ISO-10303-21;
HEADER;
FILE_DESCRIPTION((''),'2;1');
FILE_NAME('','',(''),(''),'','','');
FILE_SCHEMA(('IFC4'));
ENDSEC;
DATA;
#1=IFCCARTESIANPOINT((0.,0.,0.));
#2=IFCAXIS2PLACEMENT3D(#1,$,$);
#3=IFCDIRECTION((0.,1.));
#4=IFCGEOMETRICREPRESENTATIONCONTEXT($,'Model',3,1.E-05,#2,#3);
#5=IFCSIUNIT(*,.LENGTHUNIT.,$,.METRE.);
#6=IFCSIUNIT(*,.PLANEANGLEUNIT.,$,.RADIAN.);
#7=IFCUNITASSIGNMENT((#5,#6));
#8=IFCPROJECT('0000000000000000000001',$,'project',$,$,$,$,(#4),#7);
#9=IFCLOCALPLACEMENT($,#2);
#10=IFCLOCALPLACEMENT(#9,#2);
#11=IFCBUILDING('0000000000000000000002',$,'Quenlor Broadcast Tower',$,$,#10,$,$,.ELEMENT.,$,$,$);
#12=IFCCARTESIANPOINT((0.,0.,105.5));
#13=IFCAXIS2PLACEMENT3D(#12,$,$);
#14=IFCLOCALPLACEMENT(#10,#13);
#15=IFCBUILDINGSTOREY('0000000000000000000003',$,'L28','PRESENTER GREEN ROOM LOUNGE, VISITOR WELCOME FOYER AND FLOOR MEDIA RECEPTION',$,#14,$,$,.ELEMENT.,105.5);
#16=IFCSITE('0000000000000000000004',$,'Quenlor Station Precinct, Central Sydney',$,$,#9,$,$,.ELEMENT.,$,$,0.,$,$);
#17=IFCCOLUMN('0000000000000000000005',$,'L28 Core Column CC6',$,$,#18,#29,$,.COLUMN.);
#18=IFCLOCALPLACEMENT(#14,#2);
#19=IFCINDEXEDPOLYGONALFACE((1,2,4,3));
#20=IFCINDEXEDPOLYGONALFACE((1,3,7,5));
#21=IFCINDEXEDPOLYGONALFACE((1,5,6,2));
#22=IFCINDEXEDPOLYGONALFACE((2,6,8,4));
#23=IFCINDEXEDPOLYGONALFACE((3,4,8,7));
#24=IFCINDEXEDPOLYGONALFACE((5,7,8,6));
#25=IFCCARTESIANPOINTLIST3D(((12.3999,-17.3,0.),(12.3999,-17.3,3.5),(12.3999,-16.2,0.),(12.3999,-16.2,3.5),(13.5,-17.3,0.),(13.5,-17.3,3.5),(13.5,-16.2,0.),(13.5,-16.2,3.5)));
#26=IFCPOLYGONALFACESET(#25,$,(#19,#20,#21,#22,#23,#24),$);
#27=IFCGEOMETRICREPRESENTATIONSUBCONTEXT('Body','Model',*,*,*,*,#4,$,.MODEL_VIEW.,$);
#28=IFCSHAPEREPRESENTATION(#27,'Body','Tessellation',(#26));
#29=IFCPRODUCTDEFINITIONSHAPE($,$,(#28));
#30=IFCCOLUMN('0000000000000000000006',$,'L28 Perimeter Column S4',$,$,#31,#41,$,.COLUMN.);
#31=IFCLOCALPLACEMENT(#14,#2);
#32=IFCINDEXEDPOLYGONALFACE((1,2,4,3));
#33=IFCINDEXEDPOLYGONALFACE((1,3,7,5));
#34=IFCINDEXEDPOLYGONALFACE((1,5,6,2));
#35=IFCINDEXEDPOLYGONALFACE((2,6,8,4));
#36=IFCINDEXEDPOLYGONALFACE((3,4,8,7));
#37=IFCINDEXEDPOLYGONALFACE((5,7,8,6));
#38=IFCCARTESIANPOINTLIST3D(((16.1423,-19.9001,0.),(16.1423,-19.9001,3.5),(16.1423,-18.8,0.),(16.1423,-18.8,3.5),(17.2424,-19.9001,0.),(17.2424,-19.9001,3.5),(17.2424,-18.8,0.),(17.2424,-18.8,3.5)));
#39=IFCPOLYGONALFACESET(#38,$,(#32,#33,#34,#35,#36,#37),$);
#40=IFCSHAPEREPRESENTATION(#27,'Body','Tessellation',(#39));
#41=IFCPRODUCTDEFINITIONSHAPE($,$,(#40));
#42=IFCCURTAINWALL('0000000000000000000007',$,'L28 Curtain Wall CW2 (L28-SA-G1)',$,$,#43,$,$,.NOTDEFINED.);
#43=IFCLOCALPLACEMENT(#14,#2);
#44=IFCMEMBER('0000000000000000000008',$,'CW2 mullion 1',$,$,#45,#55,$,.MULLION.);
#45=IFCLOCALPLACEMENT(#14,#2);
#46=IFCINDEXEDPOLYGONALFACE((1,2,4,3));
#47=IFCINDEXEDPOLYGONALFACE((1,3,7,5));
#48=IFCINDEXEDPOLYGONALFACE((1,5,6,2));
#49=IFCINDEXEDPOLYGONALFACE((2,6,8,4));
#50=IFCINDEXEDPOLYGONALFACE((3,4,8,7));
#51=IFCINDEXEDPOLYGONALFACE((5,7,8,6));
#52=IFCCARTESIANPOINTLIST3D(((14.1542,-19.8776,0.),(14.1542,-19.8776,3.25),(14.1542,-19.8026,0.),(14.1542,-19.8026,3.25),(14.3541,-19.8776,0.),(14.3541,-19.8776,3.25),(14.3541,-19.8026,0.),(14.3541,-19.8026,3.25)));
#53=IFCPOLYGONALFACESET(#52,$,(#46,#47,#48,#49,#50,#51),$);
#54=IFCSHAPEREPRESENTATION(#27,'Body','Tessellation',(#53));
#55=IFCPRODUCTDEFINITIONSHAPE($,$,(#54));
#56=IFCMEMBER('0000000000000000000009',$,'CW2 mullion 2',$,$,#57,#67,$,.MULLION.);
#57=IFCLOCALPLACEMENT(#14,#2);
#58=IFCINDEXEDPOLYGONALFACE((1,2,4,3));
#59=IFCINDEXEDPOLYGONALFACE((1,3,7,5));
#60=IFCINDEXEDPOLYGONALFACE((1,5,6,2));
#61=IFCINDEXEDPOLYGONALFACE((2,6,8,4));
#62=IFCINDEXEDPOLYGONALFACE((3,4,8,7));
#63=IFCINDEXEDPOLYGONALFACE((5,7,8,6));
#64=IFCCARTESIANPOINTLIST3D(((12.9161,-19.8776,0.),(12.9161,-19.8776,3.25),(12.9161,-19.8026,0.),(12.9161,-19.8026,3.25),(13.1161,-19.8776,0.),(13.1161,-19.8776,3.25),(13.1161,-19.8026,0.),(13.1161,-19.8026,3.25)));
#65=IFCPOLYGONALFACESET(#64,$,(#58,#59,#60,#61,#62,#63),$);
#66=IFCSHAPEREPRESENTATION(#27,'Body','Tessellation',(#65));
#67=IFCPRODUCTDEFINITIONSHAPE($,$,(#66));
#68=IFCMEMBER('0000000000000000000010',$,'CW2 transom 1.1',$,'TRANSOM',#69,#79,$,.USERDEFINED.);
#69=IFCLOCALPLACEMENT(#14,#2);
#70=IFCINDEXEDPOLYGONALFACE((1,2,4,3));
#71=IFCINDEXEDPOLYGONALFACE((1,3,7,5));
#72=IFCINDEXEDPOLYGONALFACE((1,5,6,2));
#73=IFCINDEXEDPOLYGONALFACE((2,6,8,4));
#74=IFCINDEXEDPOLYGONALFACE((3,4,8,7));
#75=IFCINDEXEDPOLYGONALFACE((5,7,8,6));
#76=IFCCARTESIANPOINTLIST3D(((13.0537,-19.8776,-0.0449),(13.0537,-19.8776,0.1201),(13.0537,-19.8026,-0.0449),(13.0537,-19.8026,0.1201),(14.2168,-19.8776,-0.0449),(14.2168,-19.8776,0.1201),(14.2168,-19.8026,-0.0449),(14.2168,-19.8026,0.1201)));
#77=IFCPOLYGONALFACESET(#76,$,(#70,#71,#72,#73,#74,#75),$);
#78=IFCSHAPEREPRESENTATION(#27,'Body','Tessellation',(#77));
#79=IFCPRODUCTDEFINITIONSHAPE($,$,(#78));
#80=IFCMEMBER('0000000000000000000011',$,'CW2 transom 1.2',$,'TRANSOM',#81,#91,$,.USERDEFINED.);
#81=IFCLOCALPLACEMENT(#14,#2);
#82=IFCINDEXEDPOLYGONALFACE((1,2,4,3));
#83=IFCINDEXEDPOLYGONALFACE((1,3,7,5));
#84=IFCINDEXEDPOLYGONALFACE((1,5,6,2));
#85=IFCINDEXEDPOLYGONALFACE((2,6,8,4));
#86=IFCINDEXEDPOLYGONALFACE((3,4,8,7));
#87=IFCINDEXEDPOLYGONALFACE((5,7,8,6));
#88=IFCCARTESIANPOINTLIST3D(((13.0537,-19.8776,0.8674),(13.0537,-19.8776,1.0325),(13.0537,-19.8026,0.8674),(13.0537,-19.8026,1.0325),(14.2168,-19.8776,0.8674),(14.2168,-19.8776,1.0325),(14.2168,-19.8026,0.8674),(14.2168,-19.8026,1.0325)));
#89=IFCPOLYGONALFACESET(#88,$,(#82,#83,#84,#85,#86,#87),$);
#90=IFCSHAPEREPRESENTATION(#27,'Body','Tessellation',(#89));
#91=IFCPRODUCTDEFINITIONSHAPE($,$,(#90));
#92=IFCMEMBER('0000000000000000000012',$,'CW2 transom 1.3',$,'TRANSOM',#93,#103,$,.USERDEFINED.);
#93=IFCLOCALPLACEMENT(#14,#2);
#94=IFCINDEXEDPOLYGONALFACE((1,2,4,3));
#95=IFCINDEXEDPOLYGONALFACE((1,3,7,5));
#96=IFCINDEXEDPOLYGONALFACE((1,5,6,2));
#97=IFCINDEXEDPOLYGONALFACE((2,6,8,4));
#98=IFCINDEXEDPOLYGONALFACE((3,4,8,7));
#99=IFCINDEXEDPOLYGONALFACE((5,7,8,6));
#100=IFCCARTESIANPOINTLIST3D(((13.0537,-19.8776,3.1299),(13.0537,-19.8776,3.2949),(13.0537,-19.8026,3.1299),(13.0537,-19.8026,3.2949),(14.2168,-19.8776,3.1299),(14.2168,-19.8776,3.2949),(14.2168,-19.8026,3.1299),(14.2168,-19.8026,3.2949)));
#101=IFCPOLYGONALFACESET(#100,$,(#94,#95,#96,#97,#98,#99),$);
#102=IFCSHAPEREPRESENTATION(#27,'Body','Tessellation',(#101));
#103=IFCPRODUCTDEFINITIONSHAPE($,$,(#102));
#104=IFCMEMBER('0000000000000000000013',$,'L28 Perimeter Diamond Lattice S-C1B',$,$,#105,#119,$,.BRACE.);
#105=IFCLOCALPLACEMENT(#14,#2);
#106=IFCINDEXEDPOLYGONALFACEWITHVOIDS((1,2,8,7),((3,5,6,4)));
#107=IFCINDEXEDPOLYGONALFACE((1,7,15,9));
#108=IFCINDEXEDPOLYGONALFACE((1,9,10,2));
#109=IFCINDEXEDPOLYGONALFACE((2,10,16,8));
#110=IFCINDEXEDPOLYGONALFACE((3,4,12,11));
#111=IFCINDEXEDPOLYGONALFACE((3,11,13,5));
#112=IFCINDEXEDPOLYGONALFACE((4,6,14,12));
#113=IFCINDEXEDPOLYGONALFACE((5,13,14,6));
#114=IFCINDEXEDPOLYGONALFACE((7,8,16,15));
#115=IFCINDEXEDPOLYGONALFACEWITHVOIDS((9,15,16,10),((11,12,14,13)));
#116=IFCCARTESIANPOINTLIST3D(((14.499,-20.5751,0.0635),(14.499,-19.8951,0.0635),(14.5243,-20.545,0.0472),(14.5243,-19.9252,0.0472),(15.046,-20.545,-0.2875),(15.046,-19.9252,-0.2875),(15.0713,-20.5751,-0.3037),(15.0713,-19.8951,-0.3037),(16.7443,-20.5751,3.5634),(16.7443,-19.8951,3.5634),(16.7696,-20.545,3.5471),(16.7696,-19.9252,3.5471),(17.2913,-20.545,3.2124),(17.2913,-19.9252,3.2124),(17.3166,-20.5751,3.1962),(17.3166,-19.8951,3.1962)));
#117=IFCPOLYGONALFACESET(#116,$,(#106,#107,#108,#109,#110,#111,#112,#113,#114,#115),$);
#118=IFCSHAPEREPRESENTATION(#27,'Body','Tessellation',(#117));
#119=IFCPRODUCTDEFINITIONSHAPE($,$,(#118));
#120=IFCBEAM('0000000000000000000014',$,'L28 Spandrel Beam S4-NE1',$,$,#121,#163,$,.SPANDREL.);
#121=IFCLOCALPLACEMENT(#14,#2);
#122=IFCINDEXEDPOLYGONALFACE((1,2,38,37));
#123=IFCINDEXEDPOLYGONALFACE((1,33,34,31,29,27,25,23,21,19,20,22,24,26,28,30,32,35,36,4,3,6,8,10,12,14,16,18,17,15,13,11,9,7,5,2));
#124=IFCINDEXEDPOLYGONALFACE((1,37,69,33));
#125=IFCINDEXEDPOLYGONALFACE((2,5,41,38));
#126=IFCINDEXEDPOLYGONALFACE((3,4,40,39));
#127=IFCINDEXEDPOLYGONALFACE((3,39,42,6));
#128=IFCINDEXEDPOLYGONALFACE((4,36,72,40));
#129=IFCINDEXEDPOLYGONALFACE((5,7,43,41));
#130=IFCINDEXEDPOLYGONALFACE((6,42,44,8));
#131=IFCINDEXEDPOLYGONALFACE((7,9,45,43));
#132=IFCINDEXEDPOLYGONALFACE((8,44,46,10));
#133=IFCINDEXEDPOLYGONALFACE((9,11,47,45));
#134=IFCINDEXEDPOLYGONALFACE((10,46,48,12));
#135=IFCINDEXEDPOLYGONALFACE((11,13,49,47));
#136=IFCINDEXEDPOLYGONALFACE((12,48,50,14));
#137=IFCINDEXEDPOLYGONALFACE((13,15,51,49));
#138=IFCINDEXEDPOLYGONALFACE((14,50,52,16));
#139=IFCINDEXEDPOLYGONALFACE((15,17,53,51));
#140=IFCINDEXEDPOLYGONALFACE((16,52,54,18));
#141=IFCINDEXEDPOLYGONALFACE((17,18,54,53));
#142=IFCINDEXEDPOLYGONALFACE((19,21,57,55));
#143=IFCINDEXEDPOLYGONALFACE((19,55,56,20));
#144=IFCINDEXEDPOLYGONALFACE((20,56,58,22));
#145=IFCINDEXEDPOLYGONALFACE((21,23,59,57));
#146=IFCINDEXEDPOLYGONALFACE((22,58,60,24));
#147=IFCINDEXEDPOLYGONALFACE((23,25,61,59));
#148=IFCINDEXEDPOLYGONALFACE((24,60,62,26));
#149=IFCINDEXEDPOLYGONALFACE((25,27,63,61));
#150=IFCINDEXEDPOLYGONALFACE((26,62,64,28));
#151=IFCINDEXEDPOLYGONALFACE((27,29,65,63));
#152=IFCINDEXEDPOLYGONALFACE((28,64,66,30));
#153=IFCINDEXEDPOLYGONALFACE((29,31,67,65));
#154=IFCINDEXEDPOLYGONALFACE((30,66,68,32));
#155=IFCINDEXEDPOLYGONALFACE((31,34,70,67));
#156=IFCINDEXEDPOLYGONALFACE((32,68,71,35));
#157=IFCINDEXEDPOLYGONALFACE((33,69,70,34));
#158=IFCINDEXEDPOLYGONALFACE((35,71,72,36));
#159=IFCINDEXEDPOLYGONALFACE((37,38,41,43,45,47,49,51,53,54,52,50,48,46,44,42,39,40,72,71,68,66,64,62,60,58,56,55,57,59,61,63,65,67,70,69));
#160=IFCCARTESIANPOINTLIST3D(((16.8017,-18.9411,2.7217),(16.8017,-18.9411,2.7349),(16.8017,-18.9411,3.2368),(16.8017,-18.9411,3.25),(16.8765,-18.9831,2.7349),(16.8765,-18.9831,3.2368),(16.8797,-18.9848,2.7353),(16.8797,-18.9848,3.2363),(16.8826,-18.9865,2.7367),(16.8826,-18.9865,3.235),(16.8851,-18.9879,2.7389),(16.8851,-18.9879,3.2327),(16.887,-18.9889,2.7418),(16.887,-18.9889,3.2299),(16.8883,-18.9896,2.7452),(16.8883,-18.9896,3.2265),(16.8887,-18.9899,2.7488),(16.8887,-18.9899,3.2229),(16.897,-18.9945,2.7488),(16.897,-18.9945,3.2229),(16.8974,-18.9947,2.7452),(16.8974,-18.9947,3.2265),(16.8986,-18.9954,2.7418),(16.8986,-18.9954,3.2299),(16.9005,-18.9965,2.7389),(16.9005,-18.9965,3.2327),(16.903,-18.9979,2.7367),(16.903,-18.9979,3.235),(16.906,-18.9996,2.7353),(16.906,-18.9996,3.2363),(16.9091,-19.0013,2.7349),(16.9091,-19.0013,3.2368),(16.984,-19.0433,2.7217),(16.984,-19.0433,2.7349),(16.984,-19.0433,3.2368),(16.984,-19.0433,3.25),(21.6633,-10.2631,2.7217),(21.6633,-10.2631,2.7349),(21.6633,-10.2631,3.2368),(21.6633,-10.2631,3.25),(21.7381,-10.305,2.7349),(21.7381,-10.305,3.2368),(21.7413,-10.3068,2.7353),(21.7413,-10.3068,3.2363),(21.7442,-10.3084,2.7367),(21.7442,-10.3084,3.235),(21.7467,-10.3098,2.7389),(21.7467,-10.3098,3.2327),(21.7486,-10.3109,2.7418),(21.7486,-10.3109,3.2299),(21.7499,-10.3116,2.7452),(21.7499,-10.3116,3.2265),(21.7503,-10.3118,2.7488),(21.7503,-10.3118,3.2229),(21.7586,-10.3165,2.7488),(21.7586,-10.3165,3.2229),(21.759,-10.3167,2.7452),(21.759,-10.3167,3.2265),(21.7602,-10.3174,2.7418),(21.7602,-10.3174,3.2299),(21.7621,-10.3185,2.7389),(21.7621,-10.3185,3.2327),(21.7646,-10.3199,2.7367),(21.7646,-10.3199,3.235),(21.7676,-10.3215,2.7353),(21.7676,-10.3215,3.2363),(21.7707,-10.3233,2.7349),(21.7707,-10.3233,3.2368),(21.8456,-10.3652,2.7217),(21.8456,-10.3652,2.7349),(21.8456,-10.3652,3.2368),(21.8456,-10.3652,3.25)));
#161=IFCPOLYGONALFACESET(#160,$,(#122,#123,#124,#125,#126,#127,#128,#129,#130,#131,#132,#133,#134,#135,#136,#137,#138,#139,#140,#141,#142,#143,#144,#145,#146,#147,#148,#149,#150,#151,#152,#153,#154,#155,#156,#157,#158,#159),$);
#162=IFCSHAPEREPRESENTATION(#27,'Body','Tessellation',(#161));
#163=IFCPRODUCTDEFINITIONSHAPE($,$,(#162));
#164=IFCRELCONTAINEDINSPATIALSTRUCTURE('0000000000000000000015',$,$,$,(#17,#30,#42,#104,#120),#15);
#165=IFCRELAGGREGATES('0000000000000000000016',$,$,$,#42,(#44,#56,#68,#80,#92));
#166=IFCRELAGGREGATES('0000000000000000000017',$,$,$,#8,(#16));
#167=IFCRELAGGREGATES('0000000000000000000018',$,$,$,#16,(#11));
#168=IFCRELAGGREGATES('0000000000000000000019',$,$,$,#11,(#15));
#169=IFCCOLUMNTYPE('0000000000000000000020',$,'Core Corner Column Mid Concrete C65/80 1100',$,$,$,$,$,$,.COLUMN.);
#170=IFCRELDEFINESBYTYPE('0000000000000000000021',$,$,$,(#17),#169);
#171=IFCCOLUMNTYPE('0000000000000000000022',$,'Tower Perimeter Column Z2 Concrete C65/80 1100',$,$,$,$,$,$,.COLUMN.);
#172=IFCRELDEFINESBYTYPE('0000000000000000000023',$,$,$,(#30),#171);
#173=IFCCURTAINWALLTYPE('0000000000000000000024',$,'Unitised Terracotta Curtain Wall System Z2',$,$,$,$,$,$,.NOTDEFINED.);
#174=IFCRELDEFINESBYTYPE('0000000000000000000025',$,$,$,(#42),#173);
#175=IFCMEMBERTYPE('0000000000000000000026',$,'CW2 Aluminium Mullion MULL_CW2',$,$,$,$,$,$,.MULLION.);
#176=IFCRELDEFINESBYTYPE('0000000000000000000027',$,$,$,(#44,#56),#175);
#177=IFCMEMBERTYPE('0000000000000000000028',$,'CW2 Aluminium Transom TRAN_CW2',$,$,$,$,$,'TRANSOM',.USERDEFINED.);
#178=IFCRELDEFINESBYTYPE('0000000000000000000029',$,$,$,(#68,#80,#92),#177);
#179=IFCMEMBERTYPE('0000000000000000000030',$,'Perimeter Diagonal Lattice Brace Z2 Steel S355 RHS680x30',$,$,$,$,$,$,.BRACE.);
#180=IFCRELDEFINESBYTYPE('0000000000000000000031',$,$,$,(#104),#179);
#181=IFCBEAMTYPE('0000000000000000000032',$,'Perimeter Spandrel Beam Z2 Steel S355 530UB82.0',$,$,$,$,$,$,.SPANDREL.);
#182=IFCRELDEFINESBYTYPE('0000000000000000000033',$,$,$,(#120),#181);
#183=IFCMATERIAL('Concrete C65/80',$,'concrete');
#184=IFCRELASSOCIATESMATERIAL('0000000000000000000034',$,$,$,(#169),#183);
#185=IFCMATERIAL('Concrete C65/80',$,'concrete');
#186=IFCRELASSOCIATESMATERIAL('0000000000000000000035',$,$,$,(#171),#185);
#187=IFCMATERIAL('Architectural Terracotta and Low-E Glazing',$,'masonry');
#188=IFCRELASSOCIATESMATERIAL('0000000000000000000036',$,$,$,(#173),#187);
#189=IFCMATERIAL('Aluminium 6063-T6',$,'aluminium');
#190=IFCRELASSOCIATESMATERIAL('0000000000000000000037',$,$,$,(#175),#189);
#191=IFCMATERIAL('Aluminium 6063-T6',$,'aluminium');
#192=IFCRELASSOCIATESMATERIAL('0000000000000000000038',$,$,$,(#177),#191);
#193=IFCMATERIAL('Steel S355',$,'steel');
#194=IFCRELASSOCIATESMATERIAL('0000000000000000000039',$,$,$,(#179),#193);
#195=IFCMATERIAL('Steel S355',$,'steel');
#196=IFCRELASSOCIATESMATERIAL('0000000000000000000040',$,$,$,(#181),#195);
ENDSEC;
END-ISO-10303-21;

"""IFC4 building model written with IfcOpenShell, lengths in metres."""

from ifc_helpers import new_model, si_unit, direction, frame, origin, origin_2d, place, context, subcontext, project, spatial, rectangle, hollow_rectangle, i_section, extrude, material, material_profile, profile_set, type_object, element, aggregate, save


model = new_model("IFC4")

# Units and contexts
model_context = context("Model", 3, precision=1e-05, world=origin(), true_north=direction((0.0, 1.0)))
body_context = subcontext(model_context, "Body", "Model", "MODEL_VIEW")
ifc_project = project(units=[si_unit("LENGTHUNIT", "METRE"), si_unit("PLANEANGLEUNIT", "RADIAN")], contexts=[model_context])

# Site, building, storey
site_placement = place(None, origin())
site = spatial("IfcSite", under=ifc_project, at=site_placement, Name="Quenlor Station Precinct, Central Sydney", CompositionType="ELEMENT", RefElevation=0.0)
building_placement = place(site_placement, origin())
building = spatial("IfcBuilding", under=site, at=building_placement, Name="Quenlor Broadcast Tower", CompositionType="ELEMENT")
storey_placement = place(building_placement, frame((0.0, 0.0, 105.5)))
storey = spatial("IfcBuildingStorey", under=building, at=storey_placement, Name="L28", Description="PRESENTER GREEN ROOM LOUNGE, VISITOR WELCOME FOYER AND FLOOR MEDIA RECEPTION", CompositionType="ELEMENT", Elevation=105.5)

# Columns
ifc_material_1 = material(Name="Concrete C65/80", Category="concrete")
ifc_material_profile_1 = material_profile(ifc_material_1, rectangle(XDim=1.1001, YDim=1.1001, at=origin_2d()))
ifc_profile_set_1 = profile_set([ifc_material_profile_1], Name="Concrete C65/80 RC1100x1100")
column_type_1 = type_object("IfcColumnType", Name="Core Corner Column Mid Concrete C65/80 1100", PredefinedType="COLUMN", material=ifc_profile_set_1)
column_1_placement = place(storey_placement, frame((12.95, -16.75, 0.0), z_axis=(0.0, 0.0, 1.0), x_axis=(1.0, 0.0, 0.0)))
element("IfcColumn", 1, at=column_1_placement, inside=storey, type_object=column_type_1, Name="L28 Core Column CC6", PredefinedType="COLUMN", context=body_context, shape_type="SweptSolid", body=[
    extrude(rectangle(XDim=1.1001, YDim=1.1001, at=origin_2d()), origin(), (0.0, 0.0, 1.0), 3.5),
])
ifc_material_2 = material(Name="Concrete C65/80", Category="concrete")
ifc_material_profile_2 = material_profile(ifc_material_2, rectangle(XDim=1.1001, YDim=1.1001, at=origin_2d()))
ifc_profile_set_2 = profile_set([ifc_material_profile_2], Name="Concrete C65/80 RC1100x1100")
column_type_2 = type_object("IfcColumnType", Name="Tower Perimeter Column Z2 Concrete C65/80 1100", PredefinedType="COLUMN", material=ifc_profile_set_2)
column_2_placement = place(storey_placement, frame((16.6924, -19.3501, 0.0), z_axis=(0.0, 0.0, 1.0), x_axis=(0.0, 1.0, 0.0)))
element("IfcColumn", 2, at=column_2_placement, inside=storey, type_object=column_type_2, Name="L28 Perimeter Column S4", PredefinedType="COLUMN", context=body_context, shape_type="SweptSolid", body=[
    extrude(rectangle(XDim=1.1001, YDim=1.1001, at=origin_2d()), origin(), (0.0, 0.0, 1.0), 3.5),
])

# Curtain wall, members
ifc_material_3 = material(Name="Architectural Terracotta and Low-E Glazing", Category="masonry")
curtain_wall_type = type_object("IfcCurtainWallType", Name="Unitised Terracotta Curtain Wall System Z2", PredefinedType="NOTDEFINED", material=ifc_material_3)
curtain_wall_placement = place(storey_placement, origin())
curtain_wall = element("IfcCurtainWall", 3, at=curtain_wall_placement, inside=storey, type_object=curtain_wall_type, Name="L28 Curtain Wall CW2 (L28-SA-G1)", PredefinedType="NOTDEFINED")
ifc_material_4 = material(Name="Aluminium 6063-T6", Category="aluminium")
ifc_material_profile_3 = material_profile(ifc_material_4, rectangle(XDim=0.075, YDim=0.2, at=origin_2d()))
ifc_profile_set_3 = profile_set([ifc_material_profile_3], Name="Aluminium 6063-T6 MULL75x200")
member_type_1 = type_object("IfcMemberType", Name="CW2 Aluminium Mullion MULL_CW2", PredefinedType="MULLION", material=ifc_profile_set_3)
member_1_placement = place(storey_placement, frame((14.2542, -19.8401, 0.0), z_axis=(0.0, 0.0, 1.0), x_axis=(0.0, -1.0, 0.0)))
member_1 = element("IfcMember", 4, at=member_1_placement, type_object=member_type_1, Name="CW2 mullion 1", PredefinedType="MULLION", context=body_context, shape_type="SweptSolid", body=[
    extrude(rectangle(XDim=0.075, YDim=0.2, at=origin_2d()), origin(), (0.0, 0.0, 1.0), 3.25),
])
member_2_placement = place(storey_placement, frame((13.0161, -19.8401, 0.0), z_axis=(0.0, 0.0, 1.0), x_axis=(0.0, -1.0, 0.0)))
member_2 = element("IfcMember", 5, at=member_2_placement, type_object=member_type_1, Name="CW2 mullion 2", PredefinedType="MULLION", context=body_context, shape_type="SweptSolid", body=[
    extrude(rectangle(XDim=0.075, YDim=0.2, at=origin_2d()), origin(), (0.0, 0.0, 1.0), 3.25),
])
ifc_material_5 = material(Name="Aluminium 6063-T6", Category="aluminium")
ifc_material_profile_4 = material_profile(ifc_material_5, rectangle(XDim=0.075, YDim=0.165, at=origin_2d()))
ifc_profile_set_4 = profile_set([ifc_material_profile_4], Name="Aluminium 6063-T6 TRAN75x165")
member_type_2 = type_object("IfcMemberType", Name="CW2 Aluminium Transom TRAN_CW2", ElementType="TRANSOM", PredefinedType="USERDEFINED", material=ifc_profile_set_4)
member_3_placement = place(storey_placement, frame((14.2168, -19.8401, 0.0376), z_axis=(-1.0, 0.0, 0.0), x_axis=(0.0, -1.0, 0.0)))
member_3 = element("IfcMember", 6, at=member_3_placement, type_object=member_type_2, Name="CW2 transom 1.1", ObjectType="TRANSOM", PredefinedType="USERDEFINED", context=body_context, shape_type="SweptSolid", body=[
    extrude(rectangle(XDim=0.075, YDim=0.165, at=origin_2d()), origin(), (0.0, 0.0, 1.0), 1.1631),
])
member_4_placement = place(storey_placement, frame((14.2168, -19.8401, 0.95), z_axis=(-1.0, 0.0, 0.0), x_axis=(0.0, -1.0, 0.0)))
member_4 = element("IfcMember", 7, at=member_4_placement, type_object=member_type_2, Name="CW2 transom 1.2", ObjectType="TRANSOM", PredefinedType="USERDEFINED", context=body_context, shape_type="SweptSolid", body=[
    extrude(rectangle(XDim=0.075, YDim=0.165, at=origin_2d()), origin(), (0.0, 0.0, 1.0), 1.1631),
])
member_5_placement = place(storey_placement, frame((14.2168, -19.8401, 3.2124), z_axis=(-1.0, 0.0, 0.0), x_axis=(0.0, -1.0, 0.0)))
member_5 = element("IfcMember", 8, at=member_5_placement, type_object=member_type_2, Name="CW2 transom 1.3", ObjectType="TRANSOM", PredefinedType="USERDEFINED", context=body_context, shape_type="SweptSolid", body=[
    extrude(rectangle(XDim=0.075, YDim=0.165, at=origin_2d()), origin(), (0.0, 0.0, 1.0), 1.1631),
])

# Member
ifc_material_6 = material(Name="Steel S355", Category="steel")
ifc_material_profile_5 = material_profile(ifc_material_6, hollow_rectangle(XDim=0.6799, YDim=0.6799, WallThickness=0.03, at=origin_2d()))
ifc_profile_set_5 = profile_set([ifc_material_profile_5], Name="Steel S355 RHS680x680x30")
member_type_3 = type_object("IfcMemberType", Name="Perimeter Diagonal Lattice Brace Z2 Steel S355 RHS680x30", PredefinedType="BRACE", material=ifc_profile_set_5)
member_6_placement = place(storey_placement, frame((14.7852, -20.2351, -0.1201), z_axis=(0.539968, 0.0, 0.841686), x_axis=(0.0, 1.0, 0.0)))
element("IfcMember", 9, at=member_6_placement, inside=storey, type_object=member_type_3, Name="L28 Perimeter Diamond Lattice S-C1B", PredefinedType="BRACE", context=body_context, shape_type="SweptSolid", body=[
    extrude(hollow_rectangle(XDim=0.6799, YDim=0.6799, WallThickness=0.03, at=origin_2d()), origin(), (0.0, 0.0, 1.0), 4.1582),
])

# Beam
ifc_material_7 = material(Name="Steel S355", Category="steel")
ifc_material_profile_6 = material_profile(ifc_material_7, i_section(OverallWidth=0.209, OverallDepth=0.5283, WebThickness=0.0095, FlangeThickness=0.0132, FilletRadius=0.0139, at=origin_2d()))
ifc_profile_set_6 = profile_set([ifc_material_profile_6], Name="Steel S355 530UB82.0")
beam_type_1 = type_object("IfcBeamType", Name="Perimeter Spandrel Beam Z2 Steel S355 530UB82.0", PredefinedType="SPANDREL", material=ifc_profile_set_6)
beam_1_placement = place(storey_placement, frame((16.8928, -18.9922, 2.9858), z_axis=(0.488749, 0.872424, 0.0), x_axis=(-0.872424, 0.488749, 0.0)))
element("IfcBeam", 10, at=beam_1_placement, inside=storey, type_object=beam_type_1, Name="L28 Spandrel Beam S4-NE1", PredefinedType="SPANDREL", context=body_context, shape_type="SweptSolid", body=[
    extrude(i_section(OverallWidth=0.209, OverallDepth=0.5283, WebThickness=0.0095, FlangeThickness=0.0132, FilletRadius=0.0139, at=origin_2d()), origin(), (0.0, 0.0, 1.0), 9.947),
])

aggregate(curtain_wall, [member_1, member_2, member_3, member_4, member_5])

save(model, "model.ifc")
